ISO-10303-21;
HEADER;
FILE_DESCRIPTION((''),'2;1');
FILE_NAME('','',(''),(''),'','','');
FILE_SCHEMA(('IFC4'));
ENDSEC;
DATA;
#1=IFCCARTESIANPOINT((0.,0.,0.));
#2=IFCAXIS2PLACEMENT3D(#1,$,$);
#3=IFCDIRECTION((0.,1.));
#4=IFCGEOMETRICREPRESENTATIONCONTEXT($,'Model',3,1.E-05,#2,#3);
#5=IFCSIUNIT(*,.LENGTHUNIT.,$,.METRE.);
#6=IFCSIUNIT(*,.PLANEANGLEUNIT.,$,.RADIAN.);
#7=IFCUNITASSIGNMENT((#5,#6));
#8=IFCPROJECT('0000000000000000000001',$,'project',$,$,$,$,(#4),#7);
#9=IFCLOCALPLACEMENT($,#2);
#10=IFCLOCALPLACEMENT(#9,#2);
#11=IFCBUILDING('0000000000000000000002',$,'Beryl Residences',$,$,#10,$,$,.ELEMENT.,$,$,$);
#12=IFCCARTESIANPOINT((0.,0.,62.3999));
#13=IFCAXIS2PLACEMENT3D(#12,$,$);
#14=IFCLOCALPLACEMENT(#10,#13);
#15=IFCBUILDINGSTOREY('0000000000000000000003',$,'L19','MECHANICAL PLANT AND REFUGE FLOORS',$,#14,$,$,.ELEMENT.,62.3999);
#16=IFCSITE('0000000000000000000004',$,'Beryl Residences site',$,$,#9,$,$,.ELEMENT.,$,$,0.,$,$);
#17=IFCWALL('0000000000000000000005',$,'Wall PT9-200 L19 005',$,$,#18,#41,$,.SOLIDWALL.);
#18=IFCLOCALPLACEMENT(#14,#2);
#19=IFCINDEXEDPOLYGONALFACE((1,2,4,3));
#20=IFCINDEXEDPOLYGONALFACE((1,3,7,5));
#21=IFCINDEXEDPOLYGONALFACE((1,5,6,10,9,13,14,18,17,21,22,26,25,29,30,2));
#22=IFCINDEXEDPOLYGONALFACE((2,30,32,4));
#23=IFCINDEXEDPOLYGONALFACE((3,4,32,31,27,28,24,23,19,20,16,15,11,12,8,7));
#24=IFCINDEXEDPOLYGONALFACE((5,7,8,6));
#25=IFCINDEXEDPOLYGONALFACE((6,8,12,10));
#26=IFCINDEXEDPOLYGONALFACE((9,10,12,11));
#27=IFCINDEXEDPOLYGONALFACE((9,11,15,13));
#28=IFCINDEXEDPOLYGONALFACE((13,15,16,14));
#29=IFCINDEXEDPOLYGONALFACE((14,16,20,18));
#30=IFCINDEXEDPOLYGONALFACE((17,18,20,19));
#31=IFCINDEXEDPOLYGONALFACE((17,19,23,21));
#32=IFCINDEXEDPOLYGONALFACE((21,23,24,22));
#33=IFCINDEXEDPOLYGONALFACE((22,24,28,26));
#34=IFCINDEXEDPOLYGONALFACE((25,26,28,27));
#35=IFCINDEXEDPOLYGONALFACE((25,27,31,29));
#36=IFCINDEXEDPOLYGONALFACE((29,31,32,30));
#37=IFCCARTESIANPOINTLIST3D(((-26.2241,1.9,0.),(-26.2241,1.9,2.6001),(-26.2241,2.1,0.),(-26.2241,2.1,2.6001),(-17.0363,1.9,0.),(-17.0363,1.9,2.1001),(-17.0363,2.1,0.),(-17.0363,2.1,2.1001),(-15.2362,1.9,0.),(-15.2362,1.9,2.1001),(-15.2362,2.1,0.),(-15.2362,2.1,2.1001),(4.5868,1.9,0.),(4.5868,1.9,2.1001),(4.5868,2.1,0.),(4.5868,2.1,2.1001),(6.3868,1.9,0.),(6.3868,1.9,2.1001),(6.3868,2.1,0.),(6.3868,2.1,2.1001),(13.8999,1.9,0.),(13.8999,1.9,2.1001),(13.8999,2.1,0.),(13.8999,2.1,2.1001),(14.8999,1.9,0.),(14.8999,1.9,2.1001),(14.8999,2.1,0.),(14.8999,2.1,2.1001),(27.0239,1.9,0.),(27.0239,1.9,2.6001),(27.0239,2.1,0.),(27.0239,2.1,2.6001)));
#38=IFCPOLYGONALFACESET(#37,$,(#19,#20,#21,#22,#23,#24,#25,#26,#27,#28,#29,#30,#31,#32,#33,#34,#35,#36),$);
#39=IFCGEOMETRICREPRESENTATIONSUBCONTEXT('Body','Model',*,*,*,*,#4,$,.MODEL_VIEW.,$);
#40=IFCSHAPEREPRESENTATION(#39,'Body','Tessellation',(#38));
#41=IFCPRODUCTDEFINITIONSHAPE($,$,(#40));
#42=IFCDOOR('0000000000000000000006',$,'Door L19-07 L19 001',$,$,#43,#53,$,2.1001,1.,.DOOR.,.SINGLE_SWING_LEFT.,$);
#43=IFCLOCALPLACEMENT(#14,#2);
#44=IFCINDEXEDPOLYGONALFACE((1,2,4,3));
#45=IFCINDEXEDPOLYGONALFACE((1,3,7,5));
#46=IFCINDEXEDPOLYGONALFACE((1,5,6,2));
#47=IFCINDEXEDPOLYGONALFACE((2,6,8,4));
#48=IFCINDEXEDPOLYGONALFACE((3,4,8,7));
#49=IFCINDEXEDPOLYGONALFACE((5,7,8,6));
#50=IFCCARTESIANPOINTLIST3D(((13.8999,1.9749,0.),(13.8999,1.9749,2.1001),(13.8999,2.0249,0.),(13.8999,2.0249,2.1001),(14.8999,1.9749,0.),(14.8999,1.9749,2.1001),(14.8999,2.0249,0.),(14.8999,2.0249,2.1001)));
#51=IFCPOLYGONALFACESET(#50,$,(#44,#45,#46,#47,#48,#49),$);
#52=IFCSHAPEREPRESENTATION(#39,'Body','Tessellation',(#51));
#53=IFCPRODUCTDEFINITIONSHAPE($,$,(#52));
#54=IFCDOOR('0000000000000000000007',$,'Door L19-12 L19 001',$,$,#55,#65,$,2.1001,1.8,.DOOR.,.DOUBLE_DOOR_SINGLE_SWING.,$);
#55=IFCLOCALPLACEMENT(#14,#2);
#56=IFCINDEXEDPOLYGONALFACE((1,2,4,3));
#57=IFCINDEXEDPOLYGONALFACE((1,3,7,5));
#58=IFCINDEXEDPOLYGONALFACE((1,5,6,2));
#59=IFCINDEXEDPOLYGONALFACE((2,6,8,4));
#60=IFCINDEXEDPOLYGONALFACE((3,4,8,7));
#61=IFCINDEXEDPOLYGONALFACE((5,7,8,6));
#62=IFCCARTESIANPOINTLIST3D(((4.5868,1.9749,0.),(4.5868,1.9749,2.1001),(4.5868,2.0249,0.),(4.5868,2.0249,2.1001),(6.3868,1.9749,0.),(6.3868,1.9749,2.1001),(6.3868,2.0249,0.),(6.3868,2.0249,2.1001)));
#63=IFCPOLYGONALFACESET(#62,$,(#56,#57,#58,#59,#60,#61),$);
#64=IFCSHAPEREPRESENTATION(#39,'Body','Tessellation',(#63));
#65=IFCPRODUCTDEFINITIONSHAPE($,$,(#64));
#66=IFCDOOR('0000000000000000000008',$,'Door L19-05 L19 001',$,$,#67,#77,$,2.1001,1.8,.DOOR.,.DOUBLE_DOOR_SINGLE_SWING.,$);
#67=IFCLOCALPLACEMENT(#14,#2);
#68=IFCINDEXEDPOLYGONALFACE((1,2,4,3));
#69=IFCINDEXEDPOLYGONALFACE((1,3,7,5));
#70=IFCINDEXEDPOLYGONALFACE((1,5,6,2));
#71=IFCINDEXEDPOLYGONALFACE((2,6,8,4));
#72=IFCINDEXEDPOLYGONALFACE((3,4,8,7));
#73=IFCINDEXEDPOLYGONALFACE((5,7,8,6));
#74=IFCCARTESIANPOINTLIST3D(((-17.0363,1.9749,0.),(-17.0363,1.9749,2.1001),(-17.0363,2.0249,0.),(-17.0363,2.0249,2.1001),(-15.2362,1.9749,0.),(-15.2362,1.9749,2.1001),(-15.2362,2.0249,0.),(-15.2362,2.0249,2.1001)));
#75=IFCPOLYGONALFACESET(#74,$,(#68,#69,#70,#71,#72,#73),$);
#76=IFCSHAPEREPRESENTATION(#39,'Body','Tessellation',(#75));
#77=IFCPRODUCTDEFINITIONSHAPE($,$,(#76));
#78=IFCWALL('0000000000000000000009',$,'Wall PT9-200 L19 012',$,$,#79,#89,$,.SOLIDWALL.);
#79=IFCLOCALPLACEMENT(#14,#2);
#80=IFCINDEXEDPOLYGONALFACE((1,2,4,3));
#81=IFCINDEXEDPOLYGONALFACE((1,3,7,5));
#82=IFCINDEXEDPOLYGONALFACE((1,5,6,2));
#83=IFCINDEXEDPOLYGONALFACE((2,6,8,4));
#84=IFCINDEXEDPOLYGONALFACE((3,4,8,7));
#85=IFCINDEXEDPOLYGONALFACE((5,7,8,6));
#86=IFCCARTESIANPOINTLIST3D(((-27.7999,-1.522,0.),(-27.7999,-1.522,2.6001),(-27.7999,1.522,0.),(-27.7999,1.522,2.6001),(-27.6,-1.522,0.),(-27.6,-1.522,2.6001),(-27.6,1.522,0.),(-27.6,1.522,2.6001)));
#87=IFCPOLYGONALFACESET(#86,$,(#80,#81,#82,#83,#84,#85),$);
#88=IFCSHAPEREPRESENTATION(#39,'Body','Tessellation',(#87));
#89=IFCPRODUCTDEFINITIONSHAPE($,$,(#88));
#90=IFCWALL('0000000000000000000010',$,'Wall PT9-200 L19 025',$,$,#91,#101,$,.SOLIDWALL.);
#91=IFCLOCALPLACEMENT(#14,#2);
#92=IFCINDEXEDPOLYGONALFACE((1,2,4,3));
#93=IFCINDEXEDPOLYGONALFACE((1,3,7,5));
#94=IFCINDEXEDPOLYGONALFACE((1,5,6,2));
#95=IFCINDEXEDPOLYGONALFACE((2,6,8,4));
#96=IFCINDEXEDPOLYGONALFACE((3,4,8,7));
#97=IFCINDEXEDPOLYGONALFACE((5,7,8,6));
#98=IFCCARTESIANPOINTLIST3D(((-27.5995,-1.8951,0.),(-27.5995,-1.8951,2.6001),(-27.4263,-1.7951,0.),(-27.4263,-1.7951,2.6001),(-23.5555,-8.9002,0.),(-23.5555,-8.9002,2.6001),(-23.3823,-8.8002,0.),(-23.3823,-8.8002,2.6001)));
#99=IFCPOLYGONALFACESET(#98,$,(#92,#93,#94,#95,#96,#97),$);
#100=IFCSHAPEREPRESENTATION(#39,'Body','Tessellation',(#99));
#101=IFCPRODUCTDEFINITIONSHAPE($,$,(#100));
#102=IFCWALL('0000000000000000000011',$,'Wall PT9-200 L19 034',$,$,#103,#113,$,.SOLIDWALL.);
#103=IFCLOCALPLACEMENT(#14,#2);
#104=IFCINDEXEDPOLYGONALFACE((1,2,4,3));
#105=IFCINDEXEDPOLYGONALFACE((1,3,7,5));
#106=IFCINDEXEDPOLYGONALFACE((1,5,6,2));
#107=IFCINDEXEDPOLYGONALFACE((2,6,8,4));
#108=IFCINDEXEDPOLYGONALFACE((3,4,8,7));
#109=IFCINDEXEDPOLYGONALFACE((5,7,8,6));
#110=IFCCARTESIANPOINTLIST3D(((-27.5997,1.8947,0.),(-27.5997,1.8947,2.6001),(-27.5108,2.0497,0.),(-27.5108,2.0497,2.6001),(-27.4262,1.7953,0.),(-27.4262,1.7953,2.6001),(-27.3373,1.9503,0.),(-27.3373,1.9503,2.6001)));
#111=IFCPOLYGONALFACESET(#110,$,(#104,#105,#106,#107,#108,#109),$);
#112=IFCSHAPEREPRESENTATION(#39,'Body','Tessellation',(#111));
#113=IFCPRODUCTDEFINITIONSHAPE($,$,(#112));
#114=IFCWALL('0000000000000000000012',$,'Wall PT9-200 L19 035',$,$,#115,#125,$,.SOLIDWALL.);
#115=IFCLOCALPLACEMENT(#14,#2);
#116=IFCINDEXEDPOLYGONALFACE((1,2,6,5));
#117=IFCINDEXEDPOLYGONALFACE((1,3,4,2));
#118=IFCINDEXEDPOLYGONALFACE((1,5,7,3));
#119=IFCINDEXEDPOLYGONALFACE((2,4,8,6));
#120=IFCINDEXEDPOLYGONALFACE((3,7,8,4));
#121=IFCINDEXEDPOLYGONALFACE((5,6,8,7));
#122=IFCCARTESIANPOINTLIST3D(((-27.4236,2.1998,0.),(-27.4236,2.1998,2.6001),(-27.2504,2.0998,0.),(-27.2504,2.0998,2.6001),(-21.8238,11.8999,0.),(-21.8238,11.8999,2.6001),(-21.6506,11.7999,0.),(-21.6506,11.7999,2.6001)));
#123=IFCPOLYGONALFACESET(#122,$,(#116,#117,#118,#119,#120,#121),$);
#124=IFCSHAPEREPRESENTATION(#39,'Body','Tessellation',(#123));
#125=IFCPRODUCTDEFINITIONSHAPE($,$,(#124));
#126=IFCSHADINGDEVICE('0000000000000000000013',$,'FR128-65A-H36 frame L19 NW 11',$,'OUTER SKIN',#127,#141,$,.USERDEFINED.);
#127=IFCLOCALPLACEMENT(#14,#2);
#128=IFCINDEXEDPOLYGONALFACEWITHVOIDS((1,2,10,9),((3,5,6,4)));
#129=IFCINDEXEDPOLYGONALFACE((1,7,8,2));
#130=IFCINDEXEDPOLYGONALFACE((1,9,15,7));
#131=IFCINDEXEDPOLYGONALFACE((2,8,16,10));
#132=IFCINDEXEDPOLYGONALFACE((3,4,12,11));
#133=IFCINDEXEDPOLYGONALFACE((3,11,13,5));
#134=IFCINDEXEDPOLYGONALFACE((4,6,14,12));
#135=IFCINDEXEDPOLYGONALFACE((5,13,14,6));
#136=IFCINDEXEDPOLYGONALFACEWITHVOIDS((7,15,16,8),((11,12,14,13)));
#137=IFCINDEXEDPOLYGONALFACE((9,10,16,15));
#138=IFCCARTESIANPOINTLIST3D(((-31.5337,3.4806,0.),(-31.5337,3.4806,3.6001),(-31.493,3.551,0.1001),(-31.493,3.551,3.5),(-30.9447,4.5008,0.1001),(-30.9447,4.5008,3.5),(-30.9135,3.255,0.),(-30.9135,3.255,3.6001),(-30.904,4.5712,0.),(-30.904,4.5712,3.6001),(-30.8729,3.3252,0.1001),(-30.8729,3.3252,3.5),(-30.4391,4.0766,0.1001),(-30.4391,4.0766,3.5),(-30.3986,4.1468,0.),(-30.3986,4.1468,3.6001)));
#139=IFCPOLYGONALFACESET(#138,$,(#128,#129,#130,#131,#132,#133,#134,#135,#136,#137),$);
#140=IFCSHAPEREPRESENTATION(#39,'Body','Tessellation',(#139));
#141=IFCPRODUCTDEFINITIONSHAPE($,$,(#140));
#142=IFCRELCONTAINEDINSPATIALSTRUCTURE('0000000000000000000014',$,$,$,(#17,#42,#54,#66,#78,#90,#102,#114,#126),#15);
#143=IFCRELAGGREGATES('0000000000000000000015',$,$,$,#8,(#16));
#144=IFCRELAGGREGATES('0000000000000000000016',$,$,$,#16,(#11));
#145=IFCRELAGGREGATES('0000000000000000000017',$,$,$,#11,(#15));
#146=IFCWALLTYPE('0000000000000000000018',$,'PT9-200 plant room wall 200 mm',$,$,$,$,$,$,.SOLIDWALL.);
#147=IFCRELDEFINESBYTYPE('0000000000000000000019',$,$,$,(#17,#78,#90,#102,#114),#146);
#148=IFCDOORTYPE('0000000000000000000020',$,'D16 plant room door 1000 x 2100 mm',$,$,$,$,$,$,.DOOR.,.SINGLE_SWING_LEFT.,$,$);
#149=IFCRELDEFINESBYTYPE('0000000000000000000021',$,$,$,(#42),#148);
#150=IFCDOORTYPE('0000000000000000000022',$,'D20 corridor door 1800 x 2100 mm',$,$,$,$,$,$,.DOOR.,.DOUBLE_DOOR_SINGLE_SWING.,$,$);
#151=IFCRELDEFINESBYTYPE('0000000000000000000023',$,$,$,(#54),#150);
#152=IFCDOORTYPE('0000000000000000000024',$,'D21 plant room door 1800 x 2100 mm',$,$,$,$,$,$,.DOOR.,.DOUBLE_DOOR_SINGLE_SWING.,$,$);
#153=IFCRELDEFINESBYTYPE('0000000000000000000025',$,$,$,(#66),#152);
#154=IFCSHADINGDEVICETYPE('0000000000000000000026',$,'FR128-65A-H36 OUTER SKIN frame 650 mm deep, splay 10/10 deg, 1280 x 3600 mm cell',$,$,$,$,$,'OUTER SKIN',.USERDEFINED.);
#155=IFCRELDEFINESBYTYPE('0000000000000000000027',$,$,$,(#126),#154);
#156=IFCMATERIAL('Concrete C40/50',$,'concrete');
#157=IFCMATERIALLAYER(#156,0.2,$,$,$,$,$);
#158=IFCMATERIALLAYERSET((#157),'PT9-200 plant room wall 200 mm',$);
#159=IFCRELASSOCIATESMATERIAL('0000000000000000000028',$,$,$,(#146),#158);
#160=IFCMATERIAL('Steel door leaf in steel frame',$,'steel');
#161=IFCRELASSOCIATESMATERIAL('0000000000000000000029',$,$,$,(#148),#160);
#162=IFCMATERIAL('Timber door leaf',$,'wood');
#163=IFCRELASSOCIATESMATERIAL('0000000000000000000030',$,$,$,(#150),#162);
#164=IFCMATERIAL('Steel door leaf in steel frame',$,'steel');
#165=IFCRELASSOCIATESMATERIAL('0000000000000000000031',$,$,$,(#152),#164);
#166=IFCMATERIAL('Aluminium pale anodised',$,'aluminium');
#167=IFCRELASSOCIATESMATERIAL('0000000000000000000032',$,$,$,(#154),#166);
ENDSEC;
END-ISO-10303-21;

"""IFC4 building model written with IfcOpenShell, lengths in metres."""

from ifc_helpers import new_model, entity, si_unit, direction, frame, frame_2d, origin, place, context, subcontext, project, spatial, rectangle, extrude, source, transform, mapped, material, layer, layer_set, type_object, type_shapes, element, fill, save


model = new_model("IFC4")

# Units and contexts
model_context = context("Model", 3, precision=1e-05, world=origin(), true_north=direction((0.0, 1.0)))
body_context = subcontext(model_context, "Body", "Model", "MODEL_VIEW")
ifc_project = project(units=[si_unit("LENGTHUNIT", "METRE"), si_unit("PLANEANGLEUNIT", "RADIAN")], contexts=[model_context])

# Site, building, storey
site_placement = place(None, origin())
site = spatial("IfcSite", under=ifc_project, at=site_placement, Name="Beryl Residences site", CompositionType="ELEMENT", RefElevation=0.0)
building_placement = place(site_placement, origin())
building = spatial("IfcBuilding", under=site, at=building_placement, Name="Beryl Residences", CompositionType="ELEMENT")
storey_placement = place(building_placement, frame((0.0, 0.0, 62.3999)))
storey = spatial("IfcBuildingStorey", under=building, at=storey_placement, Name="L19", Description="MECHANICAL PLANT AND REFUGE FLOORS", CompositionType="ELEMENT", Elevation=62.3999)

# Wall, openings, doors
ifc_material_1 = material(Name="Concrete C40/50", Category="concrete")
ifc_layer_1 = layer(ifc_material_1, 0.2)
ifc_layer_set_1 = layer_set([ifc_layer_1], Name="PT9-200 plant room wall 200 mm")
wall_type_1 = type_object("IfcWallType", Name="PT9-200 plant room wall 200 mm", PredefinedType="SOLIDWALL", material=ifc_layer_set_1)
wall_1_placement = place(storey_placement, frame((-26.2241, 2.0, 0.0), z_axis=(0.0, 0.0, 1.0), x_axis=(1.0, 0.0, 0.0)))
wall_1 = element("IfcWall", 1, at=wall_1_placement, inside=storey, type_object=wall_type_1, Name="Wall PT9-200 L19 005", PredefinedType="SOLIDWALL", context=body_context, shape_type="SweptSolid", body=[
    extrude(rectangle(XDim=53.248, YDim=0.2, at=frame_2d((26.624, 0.0))), origin(), (0.0, 0.0, 1.0), 2.6001),
])
opening_1_placement = place(wall_1_placement, frame((9.188, 0.0, 0.0)))
opening_1 = element("IfcOpeningElement", 2, at=opening_1_placement, cuts=wall_1, PredefinedType="OPENING", context=body_context, shape_type="SweptSolid", body=[
    extrude(rectangle(XDim=1.8, YDim=2.1001, at=frame_2d((0.8999, 1.05))), frame((0.0, 0.1099, 0.0), z_axis=(0.0, -1.0, 0.0), x_axis=(1.0, 0.0, 0.0)), (0.0, 0.0, 1.0), 0.22),
])
opening_2_placement = place(wall_1_placement, frame((40.124, 0.0, 0.0)))
opening_2 = element("IfcOpeningElement", 3, at=opening_2_placement, cuts=wall_1, PredefinedType="OPENING", context=body_context, shape_type="SweptSolid", body=[
    extrude(rectangle(XDim=1.0, YDim=2.1001, at=frame_2d((0.5, 1.05))), frame((0.0, 0.1099, 0.0), z_axis=(0.0, -1.0, 0.0), x_axis=(1.0, 0.0, 0.0)), (0.0, 0.0, 1.0), 0.22),
])
opening_3_placement = place(wall_1_placement, frame((30.811, 0.0, 0.0)))
opening_3 = element("IfcOpeningElement", 4, at=opening_3_placement, cuts=wall_1, PredefinedType="OPENING", context=body_context, shape_type="SweptSolid", body=[
    extrude(rectangle(XDim=1.8, YDim=2.1001, at=frame_2d((0.8999, 1.05))), frame((0.0, 0.1099, 0.0), z_axis=(0.0, -1.0, 0.0), x_axis=(1.0, 0.0, 0.0)), (0.0, 0.0, 1.0), 0.22),
])
ifc_material_2 = material(Name="Steel door leaf in steel frame", Category="steel")
door_type_1 = type_object("IfcDoorType", Name="D16 plant room door 1000 x 2100 mm", OperationType="SINGLE_SWING_LEFT", PredefinedType="DOOR", material=ifc_material_2)
door_1_placement = place(opening_2_placement, origin())
door_1 = element("IfcDoor", 5, at=door_1_placement, inside=storey, type_object=door_type_1, Name="Door L19-07 L19 001", OperationType="SINGLE_SWING_LEFT", OverallHeight=2.1001, OverallWidth=1.0, PredefinedType="DOOR", context=body_context, shape_type="SweptSolid", body=[
    extrude(rectangle(XDim=1.0, YDim=2.1001, at=frame_2d((0.5, 1.05))), frame((0.0, 0.0249, 0.0), z_axis=(0.0, -1.0, 0.0), x_axis=(1.0, 0.0, 0.0)), (0.0, 0.0, 1.0), 0.05),
])
fill(opening_2, door_1)
ifc_material_3 = material(Name="Timber door leaf", Category="wood")
door_type_2 = type_object("IfcDoorType", Name="D20 corridor door 1800 x 2100 mm", OperationType="DOUBLE_DOOR_SINGLE_SWING", PredefinedType="DOOR", material=ifc_material_3)
door_2_placement = place(opening_3_placement, origin())
door_2 = element("IfcDoor", 6, at=door_2_placement, inside=storey, type_object=door_type_2, Name="Door L19-12 L19 001", OperationType="DOUBLE_DOOR_SINGLE_SWING", OverallHeight=2.1001, OverallWidth=1.8, PredefinedType="DOOR", context=body_context, shape_type="SweptSolid", body=[
    extrude(rectangle(XDim=1.8, YDim=2.1001, at=frame_2d((0.8999, 1.05))), frame((0.0, 0.0249, 0.0), z_axis=(0.0, -1.0, 0.0), x_axis=(1.0, 0.0, 0.0)), (0.0, 0.0, 1.0), 0.05),
])
fill(opening_3, door_2)
ifc_material_4 = material(Name="Steel door leaf in steel frame", Category="steel")
door_type_3 = type_object("IfcDoorType", Name="D21 plant room door 1800 x 2100 mm", OperationType="DOUBLE_DOOR_SINGLE_SWING", PredefinedType="DOOR", material=ifc_material_4)
door_3_placement = place(opening_1_placement, origin())
door_3 = element("IfcDoor", 7, at=door_3_placement, inside=storey, type_object=door_type_3, Name="Door L19-05 L19 001", OperationType="DOUBLE_DOOR_SINGLE_SWING", OverallHeight=2.1001, OverallWidth=1.8, PredefinedType="DOOR", context=body_context, shape_type="SweptSolid", body=[
    extrude(rectangle(XDim=1.8, YDim=2.1001, at=frame_2d((0.8999, 1.05))), frame((0.0, 0.0249, 0.0), z_axis=(0.0, -1.0, 0.0), x_axis=(1.0, 0.0, 0.0)), (0.0, 0.0, 1.0), 0.05),
])
fill(opening_1, door_3)

# Walls
wall_2_placement = place(storey_placement, frame((-27.7, -1.522, 0.0), z_axis=(0.0, 0.0, 1.0), x_axis=(0.0, 1.0, 0.0)))
element("IfcWall", 8, at=wall_2_placement, inside=storey, type_object=wall_type_1, Name="Wall PT9-200 L19 012", PredefinedType="SOLIDWALL", context=body_context, shape_type="SweptSolid", body=[
    extrude(rectangle(XDim=3.0439, YDim=0.2, at=frame_2d((1.522, 0.0))), origin(), (0.0, 0.0, 1.0), 2.6001),
])
wall_3_placement = place(storey_placement, frame((-27.5129, -1.845, 0.0), z_axis=(0.0, 0.0, 1.0), x_axis=(0.499957, -0.86605, 0.0)))
element("IfcWall", 9, at=wall_3_placement, inside=storey, type_object=wall_type_1, Name="Wall PT9-200 L19 025", PredefinedType="SOLIDWALL", context=body_context, shape_type="SweptSolid", body=[
    extrude(rectangle(XDim=8.0886, YDim=0.2, at=frame_2d((4.0444, 0.0))), origin(), (0.0, 0.0, 1.0), 2.6001),
])
wall_4_placement = place(storey_placement, frame((-27.5129, 1.845, 0.0), z_axis=(0.0, 0.0, 1.0), x_axis=(0.497316, 0.86757, 0.0)))
element("IfcWall", 10, at=wall_4_placement, inside=storey, type_object=wall_type_1, Name="Wall PT9-200 L19 034", PredefinedType="SOLIDWALL", context=body_context, shape_type="SweptSolid", body=[
    extrude(rectangle(XDim=0.1787, YDim=0.2, at=frame_2d((0.0894, 0.0))), origin(), (0.0, 0.0, 1.0), 2.6001),
])
wall_5_placement = place(storey_placement, frame((-27.3369, 2.1499, 0.0), z_axis=(0.0, 0.0, 1.0), x_axis=(0.499963, 0.866047, 0.0)))
element("IfcWall", 11, at=wall_5_placement, inside=storey, type_object=wall_type_1, Name="Wall PT9-200 L19 035", PredefinedType="SOLIDWALL", context=body_context, shape_type="SweptSolid", body=[
    extrude(rectangle(XDim=11.2004, YDim=0.2, at=frame_2d((5.6001, 0.0))), origin(), (0.0, 0.0, 1.0), 2.6001),
])

# Shading device
ifc_material_5 = material(Name="Aluminium pale anodised", Category="aluminium")
shading_device_type_1 = type_object("IfcShadingDeviceType", Name="FR128-65A-H36 OUTER SKIN frame 650 mm deep, splay 10/10 deg, 1280 x 3600 mm cell", ElementType="OUTER SKIN", PredefinedType="USERDEFINED", material=ifc_material_5)
cartesian_point_1 = entity("IfcCartesianPoint", [-0.5149, 0.0])
cartesian_point_2 = entity("IfcCartesianPoint", [-0.4338, 0.1001])
cartesian_point_3 = entity("IfcCartesianPoint", [-0.6296, 0.0])
cartesian_point_4 = entity("IfcCartesianPoint", [-0.5483, 0.1001])
shared_shape_1 = source(origin(), body_context, "Body", "SweptSolid", [
    entity("IfcExtrudedAreaSolidTapered", entity("IfcArbitraryProfileDefWithVoids", "AREA", None, entity("IfcPolyline", [cartesian_point_1, entity("IfcCartesianPoint", [0.5149, 0.0]), entity("IfcCartesianPoint", [0.5149, 3.6001]), entity("IfcCartesianPoint", [-0.5149, 3.6001]), cartesian_point_1]), [entity("IfcPolyline", [cartesian_point_2, entity("IfcCartesianPoint", [0.4338, 0.1001]), entity("IfcCartesianPoint", [0.4338, 3.5]), entity("IfcCartesianPoint", [-0.4338, 3.5]), cartesian_point_2])]), entity("IfcAxis2Placement3D", entity("IfcCartesianPoint", [0.0, 0.0, 0.0]), entity("IfcDirection", [0.0, 1.0, 0.0]), entity("IfcDirection", [-1.0, 0.0, 0.0])), entity("IfcDirection", [0.0, 0.0, 1.0]), 0.6499, entity("IfcArbitraryProfileDefWithVoids", "AREA", None, entity("IfcPolyline", [cartesian_point_3, entity("IfcCartesianPoint", [0.6296, 0.0]), entity("IfcCartesianPoint", [0.6296, 3.6001]), entity("IfcCartesianPoint", [-0.6296, 3.6001]), cartesian_point_3]), [entity("IfcPolyline", [cartesian_point_4, entity("IfcCartesianPoint", [0.5483, 0.1001]), entity("IfcCartesianPoint", [0.5483, 3.5]), entity("IfcCartesianPoint", [-0.5483, 3.5]), cartesian_point_4])])),
])
type_shapes(shading_device_type_1, [shared_shape_1])
shading_device_placement = place(storey_placement, frame((-30.656, 3.7009, 0.0), z_axis=(0.0, 0.0, 1.0), x_axis=(0.5, 0.866025, 0.0)))
element("IfcShadingDevice", 12, at=shading_device_placement, inside=storey, type_object=shading_device_type_1, Name="FR128-65A-H36 frame L19 NW 11", ObjectType="OUTER SKIN", PredefinedType="USERDEFINED", context=body_context, shape_type="MappedRepresentation", body=[
    mapped(shared_shape_1, transform((0.0, 0.0, 0.0))),
])

save(model, "model.ifc")
